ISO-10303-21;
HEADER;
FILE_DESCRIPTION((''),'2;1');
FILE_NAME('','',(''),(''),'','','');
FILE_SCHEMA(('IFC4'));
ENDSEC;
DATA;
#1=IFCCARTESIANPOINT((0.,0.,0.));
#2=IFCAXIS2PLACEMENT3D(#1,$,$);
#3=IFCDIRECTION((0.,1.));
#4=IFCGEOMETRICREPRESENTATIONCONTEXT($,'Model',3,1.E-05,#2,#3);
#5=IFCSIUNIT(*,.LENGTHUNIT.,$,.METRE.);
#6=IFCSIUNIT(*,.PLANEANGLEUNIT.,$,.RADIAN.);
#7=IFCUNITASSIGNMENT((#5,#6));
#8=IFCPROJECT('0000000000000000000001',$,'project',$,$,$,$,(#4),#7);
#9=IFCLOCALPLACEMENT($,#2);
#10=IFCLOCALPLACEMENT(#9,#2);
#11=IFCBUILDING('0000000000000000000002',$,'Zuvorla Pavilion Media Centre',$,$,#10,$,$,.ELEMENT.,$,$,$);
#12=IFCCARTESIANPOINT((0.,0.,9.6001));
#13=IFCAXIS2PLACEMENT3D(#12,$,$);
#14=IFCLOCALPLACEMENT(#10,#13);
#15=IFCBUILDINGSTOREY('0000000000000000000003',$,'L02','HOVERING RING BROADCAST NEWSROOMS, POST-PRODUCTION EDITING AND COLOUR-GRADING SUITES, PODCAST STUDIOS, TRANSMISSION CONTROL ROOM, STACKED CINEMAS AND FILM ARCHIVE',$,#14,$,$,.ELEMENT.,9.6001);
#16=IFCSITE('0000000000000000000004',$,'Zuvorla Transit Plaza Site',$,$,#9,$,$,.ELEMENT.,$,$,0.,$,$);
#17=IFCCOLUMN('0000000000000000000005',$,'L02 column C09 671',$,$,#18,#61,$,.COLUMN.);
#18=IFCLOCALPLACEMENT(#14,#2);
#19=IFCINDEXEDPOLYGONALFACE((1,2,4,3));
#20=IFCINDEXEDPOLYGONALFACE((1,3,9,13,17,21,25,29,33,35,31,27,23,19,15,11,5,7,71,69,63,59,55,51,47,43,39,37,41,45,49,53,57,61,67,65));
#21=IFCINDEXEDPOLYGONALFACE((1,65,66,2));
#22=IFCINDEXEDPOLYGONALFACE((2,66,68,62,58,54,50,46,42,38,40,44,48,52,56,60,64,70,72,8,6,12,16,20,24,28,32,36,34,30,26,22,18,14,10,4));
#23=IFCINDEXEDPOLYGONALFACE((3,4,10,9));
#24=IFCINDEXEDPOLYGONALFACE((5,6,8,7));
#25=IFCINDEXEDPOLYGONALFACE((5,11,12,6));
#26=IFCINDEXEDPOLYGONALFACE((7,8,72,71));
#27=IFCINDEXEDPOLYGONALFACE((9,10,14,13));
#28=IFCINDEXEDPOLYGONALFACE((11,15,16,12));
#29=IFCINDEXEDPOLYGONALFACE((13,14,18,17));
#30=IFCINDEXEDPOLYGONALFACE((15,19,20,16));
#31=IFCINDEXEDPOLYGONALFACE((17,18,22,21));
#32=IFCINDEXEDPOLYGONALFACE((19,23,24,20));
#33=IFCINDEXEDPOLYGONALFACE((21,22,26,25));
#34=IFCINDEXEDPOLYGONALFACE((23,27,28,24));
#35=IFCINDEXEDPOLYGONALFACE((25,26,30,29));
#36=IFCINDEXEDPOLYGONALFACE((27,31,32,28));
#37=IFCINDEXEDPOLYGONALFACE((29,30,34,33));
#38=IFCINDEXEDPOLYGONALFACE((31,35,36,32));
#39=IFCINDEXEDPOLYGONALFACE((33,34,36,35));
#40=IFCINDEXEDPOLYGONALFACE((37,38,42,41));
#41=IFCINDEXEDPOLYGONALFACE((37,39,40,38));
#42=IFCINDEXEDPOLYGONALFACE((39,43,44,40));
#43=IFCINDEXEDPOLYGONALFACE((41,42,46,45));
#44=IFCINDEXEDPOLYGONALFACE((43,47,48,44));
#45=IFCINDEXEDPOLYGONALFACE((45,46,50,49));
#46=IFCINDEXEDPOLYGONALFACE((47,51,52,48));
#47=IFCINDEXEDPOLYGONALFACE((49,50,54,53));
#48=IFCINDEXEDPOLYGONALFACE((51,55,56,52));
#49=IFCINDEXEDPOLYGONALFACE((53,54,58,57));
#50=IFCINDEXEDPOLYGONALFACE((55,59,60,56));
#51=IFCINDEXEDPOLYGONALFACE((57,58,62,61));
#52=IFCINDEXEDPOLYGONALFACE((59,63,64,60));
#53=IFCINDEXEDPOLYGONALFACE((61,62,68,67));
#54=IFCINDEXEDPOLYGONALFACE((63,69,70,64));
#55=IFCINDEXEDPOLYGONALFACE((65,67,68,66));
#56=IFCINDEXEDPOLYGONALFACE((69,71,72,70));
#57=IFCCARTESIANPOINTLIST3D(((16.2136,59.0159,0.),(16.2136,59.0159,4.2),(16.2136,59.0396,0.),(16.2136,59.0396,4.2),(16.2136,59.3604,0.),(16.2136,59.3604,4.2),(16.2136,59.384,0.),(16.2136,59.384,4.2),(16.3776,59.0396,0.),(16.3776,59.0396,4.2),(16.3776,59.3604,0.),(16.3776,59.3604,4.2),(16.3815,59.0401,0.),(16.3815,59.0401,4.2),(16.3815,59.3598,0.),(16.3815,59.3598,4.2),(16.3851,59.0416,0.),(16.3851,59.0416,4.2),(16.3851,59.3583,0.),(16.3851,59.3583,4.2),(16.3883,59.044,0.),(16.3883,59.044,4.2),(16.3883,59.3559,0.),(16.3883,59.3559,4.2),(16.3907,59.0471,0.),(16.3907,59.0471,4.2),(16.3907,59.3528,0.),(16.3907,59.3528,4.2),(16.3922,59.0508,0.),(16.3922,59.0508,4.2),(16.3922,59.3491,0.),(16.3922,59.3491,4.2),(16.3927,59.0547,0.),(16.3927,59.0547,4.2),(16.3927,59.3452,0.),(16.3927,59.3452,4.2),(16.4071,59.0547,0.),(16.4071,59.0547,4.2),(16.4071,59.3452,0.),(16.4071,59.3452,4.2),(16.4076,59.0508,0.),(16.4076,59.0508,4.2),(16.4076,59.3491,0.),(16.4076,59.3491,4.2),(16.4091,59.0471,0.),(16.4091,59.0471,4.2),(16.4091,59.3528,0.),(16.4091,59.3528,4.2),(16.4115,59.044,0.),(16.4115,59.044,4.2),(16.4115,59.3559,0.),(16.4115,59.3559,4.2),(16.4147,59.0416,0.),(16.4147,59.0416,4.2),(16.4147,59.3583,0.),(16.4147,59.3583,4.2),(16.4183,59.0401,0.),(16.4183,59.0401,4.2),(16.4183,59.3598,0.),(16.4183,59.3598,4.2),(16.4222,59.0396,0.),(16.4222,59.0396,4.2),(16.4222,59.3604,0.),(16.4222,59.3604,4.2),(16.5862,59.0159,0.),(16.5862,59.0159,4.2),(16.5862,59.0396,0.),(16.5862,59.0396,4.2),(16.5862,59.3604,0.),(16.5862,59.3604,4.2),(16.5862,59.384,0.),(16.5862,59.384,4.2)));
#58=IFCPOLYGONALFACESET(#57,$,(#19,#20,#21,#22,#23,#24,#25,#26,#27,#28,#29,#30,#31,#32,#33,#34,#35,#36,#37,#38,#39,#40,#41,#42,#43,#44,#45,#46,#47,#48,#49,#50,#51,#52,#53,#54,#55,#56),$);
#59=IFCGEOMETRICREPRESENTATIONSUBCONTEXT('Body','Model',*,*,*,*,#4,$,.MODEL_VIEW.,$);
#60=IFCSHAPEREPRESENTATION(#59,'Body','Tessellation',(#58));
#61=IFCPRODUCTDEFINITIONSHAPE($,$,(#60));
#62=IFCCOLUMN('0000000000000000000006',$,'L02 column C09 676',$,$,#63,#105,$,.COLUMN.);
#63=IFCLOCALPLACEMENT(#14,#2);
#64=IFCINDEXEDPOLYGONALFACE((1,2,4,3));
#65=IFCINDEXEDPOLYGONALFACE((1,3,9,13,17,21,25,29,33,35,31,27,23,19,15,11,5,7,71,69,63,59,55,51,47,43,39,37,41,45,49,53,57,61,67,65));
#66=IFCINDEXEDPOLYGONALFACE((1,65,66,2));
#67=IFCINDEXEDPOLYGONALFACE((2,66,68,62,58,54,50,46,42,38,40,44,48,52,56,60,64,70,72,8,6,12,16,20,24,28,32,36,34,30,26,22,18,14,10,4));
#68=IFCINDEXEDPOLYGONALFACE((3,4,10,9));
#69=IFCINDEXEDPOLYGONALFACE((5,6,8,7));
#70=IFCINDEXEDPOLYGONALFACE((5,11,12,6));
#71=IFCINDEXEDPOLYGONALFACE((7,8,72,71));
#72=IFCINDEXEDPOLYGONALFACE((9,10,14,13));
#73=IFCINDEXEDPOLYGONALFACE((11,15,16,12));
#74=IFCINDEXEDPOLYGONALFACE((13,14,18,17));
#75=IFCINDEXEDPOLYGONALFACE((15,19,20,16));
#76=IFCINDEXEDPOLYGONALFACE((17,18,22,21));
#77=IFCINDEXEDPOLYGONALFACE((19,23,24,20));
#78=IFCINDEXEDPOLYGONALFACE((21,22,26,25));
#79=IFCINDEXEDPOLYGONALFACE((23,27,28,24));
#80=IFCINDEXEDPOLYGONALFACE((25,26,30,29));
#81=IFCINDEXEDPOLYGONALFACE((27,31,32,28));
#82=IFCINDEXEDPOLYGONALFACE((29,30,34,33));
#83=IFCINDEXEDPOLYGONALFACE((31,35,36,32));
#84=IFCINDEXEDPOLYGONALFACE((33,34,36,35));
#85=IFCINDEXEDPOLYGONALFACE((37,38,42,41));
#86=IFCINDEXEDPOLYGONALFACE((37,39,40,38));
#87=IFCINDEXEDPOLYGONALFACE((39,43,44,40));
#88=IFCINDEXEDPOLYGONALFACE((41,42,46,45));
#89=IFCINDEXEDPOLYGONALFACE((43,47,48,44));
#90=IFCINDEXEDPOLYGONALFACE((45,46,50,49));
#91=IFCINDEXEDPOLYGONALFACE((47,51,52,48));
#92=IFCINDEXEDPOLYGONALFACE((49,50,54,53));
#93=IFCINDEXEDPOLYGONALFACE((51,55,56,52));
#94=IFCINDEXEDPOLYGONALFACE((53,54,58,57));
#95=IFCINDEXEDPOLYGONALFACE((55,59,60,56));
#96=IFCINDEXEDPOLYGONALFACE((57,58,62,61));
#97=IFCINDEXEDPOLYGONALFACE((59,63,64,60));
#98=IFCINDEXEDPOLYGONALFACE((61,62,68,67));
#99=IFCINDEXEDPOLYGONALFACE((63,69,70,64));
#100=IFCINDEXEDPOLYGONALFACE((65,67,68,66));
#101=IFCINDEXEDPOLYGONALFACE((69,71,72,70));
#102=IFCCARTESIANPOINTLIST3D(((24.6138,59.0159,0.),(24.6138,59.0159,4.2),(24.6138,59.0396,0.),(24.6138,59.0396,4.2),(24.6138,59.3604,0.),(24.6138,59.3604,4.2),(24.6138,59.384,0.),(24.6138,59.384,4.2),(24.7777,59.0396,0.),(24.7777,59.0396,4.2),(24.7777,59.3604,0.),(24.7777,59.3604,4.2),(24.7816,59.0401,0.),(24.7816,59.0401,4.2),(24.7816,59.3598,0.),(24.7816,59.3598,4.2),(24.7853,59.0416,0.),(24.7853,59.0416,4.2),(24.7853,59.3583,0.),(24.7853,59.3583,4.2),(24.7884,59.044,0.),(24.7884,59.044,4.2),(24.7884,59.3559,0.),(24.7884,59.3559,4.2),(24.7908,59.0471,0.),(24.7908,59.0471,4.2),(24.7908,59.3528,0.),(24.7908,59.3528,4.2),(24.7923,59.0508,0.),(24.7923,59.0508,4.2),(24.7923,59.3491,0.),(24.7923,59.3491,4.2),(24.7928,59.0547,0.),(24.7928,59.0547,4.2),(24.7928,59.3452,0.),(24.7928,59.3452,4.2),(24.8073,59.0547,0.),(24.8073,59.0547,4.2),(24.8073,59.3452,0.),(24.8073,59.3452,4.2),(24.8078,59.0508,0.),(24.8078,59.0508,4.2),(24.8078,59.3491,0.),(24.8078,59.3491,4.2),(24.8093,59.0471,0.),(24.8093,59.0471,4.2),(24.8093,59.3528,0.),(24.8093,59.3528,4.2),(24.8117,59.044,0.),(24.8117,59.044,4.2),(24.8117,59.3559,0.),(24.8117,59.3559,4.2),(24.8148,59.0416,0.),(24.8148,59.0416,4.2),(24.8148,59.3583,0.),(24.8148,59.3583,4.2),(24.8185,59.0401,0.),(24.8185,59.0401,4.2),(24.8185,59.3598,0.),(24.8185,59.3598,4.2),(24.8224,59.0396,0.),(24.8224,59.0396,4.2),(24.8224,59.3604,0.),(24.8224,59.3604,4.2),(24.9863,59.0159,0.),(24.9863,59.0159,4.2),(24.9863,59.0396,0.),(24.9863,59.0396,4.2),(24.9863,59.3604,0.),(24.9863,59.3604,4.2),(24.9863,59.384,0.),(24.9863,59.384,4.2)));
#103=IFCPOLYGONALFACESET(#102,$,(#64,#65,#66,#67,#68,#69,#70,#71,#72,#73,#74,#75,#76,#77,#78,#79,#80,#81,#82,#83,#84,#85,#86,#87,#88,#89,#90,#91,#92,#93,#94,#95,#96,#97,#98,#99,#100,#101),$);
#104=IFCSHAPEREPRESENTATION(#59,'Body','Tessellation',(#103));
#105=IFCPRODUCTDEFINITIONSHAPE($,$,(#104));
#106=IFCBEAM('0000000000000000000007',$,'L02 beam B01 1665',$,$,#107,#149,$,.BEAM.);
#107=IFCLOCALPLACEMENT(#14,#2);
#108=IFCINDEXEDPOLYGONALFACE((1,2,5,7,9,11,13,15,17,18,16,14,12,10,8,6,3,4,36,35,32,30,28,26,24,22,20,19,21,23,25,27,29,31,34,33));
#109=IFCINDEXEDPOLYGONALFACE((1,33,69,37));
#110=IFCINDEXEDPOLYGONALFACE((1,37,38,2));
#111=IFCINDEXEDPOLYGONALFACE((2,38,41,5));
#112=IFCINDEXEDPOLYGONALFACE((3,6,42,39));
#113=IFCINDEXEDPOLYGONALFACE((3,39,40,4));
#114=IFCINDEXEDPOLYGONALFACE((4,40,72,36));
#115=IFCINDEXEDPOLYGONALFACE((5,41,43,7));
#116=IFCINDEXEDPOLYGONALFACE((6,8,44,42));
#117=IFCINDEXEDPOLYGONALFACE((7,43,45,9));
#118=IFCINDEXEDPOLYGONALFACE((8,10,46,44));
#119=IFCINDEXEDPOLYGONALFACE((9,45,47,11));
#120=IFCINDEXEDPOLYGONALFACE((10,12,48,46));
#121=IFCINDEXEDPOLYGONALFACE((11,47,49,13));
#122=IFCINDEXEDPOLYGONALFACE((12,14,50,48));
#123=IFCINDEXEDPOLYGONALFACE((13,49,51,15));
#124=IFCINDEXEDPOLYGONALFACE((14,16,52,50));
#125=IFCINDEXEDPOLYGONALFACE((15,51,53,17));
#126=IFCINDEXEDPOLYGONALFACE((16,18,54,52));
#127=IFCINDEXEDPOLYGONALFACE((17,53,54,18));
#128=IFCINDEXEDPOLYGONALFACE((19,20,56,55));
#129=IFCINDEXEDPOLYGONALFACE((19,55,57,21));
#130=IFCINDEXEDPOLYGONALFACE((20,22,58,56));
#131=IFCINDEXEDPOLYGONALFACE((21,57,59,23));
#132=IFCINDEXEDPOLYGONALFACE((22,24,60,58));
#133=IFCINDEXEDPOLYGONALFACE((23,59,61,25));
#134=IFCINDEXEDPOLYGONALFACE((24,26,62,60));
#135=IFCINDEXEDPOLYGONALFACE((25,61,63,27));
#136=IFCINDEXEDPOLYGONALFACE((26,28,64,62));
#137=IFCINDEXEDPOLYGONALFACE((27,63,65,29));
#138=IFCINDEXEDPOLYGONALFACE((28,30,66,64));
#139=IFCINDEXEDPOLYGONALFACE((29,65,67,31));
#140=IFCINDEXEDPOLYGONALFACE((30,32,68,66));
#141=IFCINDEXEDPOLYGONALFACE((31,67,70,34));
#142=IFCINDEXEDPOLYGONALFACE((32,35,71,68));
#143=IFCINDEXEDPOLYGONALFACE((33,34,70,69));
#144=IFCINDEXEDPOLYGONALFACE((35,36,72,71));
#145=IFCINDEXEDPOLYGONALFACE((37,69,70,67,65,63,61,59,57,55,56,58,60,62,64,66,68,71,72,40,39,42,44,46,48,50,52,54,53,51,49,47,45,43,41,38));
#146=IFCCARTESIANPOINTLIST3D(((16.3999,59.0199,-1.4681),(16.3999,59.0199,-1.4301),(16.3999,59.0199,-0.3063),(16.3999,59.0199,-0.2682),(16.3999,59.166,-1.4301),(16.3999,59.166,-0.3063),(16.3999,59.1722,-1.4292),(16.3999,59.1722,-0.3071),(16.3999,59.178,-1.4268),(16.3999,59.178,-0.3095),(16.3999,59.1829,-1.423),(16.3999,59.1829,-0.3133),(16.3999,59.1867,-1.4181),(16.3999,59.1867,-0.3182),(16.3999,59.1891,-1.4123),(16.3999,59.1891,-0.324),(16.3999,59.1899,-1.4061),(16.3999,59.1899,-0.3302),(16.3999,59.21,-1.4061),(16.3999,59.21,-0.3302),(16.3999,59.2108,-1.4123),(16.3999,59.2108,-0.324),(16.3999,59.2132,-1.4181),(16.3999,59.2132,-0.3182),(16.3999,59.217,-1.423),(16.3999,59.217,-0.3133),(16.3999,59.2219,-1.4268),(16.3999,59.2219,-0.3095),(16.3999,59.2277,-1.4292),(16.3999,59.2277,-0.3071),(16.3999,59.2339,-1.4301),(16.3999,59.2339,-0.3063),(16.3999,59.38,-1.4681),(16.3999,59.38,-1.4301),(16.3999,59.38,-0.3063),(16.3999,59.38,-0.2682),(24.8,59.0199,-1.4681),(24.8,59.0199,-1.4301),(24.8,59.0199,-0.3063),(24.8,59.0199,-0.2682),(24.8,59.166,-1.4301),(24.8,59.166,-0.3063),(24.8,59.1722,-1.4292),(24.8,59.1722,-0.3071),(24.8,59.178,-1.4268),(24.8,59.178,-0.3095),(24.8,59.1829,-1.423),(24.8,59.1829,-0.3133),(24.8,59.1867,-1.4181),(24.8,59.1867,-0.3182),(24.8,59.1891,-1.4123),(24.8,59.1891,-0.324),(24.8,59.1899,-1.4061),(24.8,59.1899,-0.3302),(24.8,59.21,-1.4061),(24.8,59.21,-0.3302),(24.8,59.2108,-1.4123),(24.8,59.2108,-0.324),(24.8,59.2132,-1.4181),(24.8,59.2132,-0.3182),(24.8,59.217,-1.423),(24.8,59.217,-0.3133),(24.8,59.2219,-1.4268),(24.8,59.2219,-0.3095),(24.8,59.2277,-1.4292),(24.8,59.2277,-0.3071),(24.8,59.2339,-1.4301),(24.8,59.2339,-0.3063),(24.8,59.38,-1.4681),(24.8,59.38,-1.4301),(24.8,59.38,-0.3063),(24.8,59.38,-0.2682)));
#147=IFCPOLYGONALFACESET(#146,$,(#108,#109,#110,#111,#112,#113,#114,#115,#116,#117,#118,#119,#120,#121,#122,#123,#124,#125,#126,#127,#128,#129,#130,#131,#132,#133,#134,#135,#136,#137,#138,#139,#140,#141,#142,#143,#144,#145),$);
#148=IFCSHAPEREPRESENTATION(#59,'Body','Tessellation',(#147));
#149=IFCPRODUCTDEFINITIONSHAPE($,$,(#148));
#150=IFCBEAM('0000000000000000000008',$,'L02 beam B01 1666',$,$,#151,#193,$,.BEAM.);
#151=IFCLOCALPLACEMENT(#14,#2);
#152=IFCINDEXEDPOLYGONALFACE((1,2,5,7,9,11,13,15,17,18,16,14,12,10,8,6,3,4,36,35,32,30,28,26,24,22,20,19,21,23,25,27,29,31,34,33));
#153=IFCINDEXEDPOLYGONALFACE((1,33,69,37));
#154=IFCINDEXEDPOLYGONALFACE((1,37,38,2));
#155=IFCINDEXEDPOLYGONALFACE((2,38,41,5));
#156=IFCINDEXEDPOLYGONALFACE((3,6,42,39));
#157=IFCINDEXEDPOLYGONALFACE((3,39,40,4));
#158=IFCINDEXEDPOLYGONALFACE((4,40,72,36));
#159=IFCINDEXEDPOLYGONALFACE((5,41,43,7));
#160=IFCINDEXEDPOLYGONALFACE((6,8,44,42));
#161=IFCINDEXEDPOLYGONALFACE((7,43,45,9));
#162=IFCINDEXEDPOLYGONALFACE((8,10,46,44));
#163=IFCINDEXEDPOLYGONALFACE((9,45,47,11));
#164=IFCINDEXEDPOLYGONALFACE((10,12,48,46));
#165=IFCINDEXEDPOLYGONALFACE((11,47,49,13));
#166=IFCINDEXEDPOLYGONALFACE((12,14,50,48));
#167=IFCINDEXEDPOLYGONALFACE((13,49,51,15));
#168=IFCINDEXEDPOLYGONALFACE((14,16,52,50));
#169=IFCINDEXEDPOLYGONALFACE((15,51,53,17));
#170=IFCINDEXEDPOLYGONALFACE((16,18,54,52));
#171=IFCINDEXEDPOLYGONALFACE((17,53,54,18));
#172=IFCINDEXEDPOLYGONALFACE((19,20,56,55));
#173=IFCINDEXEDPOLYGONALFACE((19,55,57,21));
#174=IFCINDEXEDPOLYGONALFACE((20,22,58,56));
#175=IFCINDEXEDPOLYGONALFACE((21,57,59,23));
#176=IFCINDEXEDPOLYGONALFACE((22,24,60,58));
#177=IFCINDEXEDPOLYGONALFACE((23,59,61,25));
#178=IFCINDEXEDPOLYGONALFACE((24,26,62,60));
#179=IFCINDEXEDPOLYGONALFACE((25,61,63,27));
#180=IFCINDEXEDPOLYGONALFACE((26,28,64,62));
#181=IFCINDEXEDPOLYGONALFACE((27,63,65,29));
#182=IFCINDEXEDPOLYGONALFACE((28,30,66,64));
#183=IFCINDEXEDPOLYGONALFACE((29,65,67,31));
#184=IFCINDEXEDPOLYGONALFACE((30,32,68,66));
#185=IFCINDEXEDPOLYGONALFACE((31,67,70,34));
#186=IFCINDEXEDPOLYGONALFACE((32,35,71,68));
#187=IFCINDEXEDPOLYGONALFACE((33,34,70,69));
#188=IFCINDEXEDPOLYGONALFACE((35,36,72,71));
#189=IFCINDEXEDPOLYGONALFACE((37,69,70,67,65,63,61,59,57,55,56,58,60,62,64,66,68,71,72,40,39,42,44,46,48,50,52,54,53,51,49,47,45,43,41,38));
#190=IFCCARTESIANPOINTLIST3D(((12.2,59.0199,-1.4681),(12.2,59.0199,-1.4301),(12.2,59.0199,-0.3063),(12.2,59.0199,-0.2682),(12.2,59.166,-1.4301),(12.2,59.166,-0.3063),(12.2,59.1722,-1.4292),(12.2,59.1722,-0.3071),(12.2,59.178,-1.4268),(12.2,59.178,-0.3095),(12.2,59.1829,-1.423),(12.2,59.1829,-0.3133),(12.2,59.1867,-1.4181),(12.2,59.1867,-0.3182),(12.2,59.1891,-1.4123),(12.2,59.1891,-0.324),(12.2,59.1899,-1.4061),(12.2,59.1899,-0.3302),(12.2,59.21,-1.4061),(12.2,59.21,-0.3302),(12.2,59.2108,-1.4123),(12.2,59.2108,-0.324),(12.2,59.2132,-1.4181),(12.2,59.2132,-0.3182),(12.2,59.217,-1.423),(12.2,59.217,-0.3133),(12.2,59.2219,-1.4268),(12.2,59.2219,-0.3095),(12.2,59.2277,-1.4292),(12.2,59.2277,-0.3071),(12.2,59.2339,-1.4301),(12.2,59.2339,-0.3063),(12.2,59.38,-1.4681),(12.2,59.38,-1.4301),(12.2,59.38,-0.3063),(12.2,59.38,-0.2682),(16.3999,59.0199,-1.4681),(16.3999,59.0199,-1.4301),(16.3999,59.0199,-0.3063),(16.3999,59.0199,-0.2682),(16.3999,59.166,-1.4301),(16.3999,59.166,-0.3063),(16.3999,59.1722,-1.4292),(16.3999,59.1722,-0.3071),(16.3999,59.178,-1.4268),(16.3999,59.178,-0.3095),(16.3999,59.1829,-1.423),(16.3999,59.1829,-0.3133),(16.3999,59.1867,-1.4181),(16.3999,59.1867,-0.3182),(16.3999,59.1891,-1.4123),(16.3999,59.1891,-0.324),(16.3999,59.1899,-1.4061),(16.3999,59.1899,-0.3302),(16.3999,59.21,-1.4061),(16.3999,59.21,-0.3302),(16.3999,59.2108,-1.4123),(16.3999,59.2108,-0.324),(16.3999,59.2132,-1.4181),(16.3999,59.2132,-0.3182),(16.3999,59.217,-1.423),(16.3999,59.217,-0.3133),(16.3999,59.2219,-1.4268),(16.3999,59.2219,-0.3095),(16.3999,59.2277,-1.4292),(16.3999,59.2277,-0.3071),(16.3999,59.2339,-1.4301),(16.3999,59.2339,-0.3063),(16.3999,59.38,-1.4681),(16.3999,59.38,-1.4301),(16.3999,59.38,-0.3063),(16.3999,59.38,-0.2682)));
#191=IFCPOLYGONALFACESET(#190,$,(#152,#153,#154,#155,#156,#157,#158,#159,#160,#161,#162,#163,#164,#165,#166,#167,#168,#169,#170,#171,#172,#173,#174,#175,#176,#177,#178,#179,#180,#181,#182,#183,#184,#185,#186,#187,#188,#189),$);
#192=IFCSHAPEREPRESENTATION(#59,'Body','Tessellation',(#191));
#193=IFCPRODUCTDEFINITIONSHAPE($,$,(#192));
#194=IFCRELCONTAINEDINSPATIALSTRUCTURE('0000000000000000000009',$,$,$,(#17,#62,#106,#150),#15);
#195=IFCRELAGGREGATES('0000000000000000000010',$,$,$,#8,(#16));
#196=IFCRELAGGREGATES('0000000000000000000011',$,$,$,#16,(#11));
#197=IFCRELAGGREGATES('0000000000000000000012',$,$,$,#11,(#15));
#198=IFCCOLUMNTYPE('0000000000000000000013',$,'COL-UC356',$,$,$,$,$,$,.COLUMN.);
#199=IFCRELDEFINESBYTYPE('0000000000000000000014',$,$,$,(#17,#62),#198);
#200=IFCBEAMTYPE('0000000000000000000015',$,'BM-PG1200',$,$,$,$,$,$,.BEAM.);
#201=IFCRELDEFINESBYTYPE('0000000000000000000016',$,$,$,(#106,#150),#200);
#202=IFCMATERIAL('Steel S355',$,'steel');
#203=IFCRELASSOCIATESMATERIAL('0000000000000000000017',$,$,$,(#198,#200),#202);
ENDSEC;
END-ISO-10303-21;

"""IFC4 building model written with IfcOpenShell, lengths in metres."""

from ifc_helpers import new_model, si_unit, direction, frame, origin, origin_2d, place, context, subcontext, project, spatial, i_section, extrude, material, material_profile, profile_set, type_object, element, save


model = new_model("IFC4")

# Units and contexts
model_context = context("Model", 3, precision=1e-05, world=origin(), true_north=direction((0.0, 1.0)))
body_context = subcontext(model_context, "Body", "Model", "MODEL_VIEW")
ifc_project = project(units=[si_unit("LENGTHUNIT", "METRE"), si_unit("PLANEANGLEUNIT", "RADIAN")], contexts=[model_context])

# Site, building, storey
site_placement = place(None, origin())
site = spatial("IfcSite", under=ifc_project, at=site_placement, Name="Zuvorla Transit Plaza Site", CompositionType="ELEMENT", RefElevation=0.0)
building_placement = place(site_placement, origin())
building = spatial("IfcBuilding", under=site, at=building_placement, Name="Zuvorla Pavilion Media Centre", CompositionType="ELEMENT")
storey_placement = place(building_placement, frame((0.0, 0.0, 9.6001)))
storey = spatial("IfcBuildingStorey", under=building, at=storey_placement, Name="L02", Description="HOVERING RING BROADCAST NEWSROOMS, POST-PRODUCTION EDITING AND COLOUR-GRADING SUITES, PODCAST STUDIOS, TRANSMISSION CONTROL ROOM, STACKED CINEMAS AND FILM ARCHIVE", CompositionType="ELEMENT", Elevation=9.6001)

# Columns
ifc_material_1 = material(Name="Steel S355", Category="steel")
ifc_material_profile_1 = material_profile(ifc_material_1, i_section(OverallWidth=0.3726, OverallDepth=0.3682, WebThickness=0.0144, FlangeThickness=0.0237, FilletRadius=0.0151, at=origin_2d()), Name="UC 356x368x177")
ifc_profile_set_1 = profile_set([ifc_material_profile_1], Name="Steel S355")
column_type = type_object("IfcColumnType", Name="COL-UC356", PredefinedType="COLUMN", material=ifc_profile_set_1)
for number, where, z_axis, x_axis, name in (
    (1, (16.3999, 59.2, 0.0), (0.0, 0.0, 1.0), (1.0, 0.0, 0.0), "L02 column C09 671"),
    (2, (24.8, 59.2, 0.0), (0.0, 0.0, 1.0), (1.0, 0.0, 0.0), "L02 column C09 676"),
):
    element("IfcColumn", number, at=place(storey_placement, frame(where, z_axis=z_axis, x_axis=x_axis)), inside=storey, type_object=column_type, Name=name, PredefinedType="COLUMN", context=body_context, shape_type="SweptSolid", body=[
        extrude(i_section(OverallWidth=0.3726, OverallDepth=0.3682, WebThickness=0.0144, FlangeThickness=0.0237, FilletRadius=0.0151, at=origin_2d()), origin(), (0.0, 0.0, 1.0), 4.2),
    ])

# Beams
ifc_material_profile_2 = material_profile(ifc_material_1, i_section(OverallWidth=0.3601, OverallDepth=1.2, WebThickness=0.02, FlangeThickness=0.0381, FilletRadius=0.0239, at=origin_2d()), Name="PG 1200x360x38")
ifc_profile_set_2 = profile_set([ifc_material_profile_2], Name="Steel S355")
beam_type_1 = type_object("IfcBeamType", Name="BM-PG1200", PredefinedType="BEAM", material=ifc_profile_set_2)
beam_1_placement = place(storey_placement, frame((24.8, 59.2, -0.8682), z_axis=(-1.0, 0.0, 0.0), x_axis=(0.0, -1.0, 0.0)))
element("IfcBeam", 3, at=beam_1_placement, inside=storey, type_object=beam_type_1, Name="L02 beam B01 1665", PredefinedType="BEAM", context=body_context, shape_type="SweptSolid", body=[
    extrude(i_section(OverallWidth=0.3601, OverallDepth=1.2, WebThickness=0.02, FlangeThickness=0.0381, FilletRadius=0.0239, at=origin_2d()), origin(), (0.0, 0.0, 1.0), 8.4001),
])
beam_2_placement = place(storey_placement, frame((16.3999, 59.2, -0.8682), z_axis=(-1.0, 0.0, 0.0), x_axis=(0.0, -1.0, 0.0)))
element("IfcBeam", 4, at=beam_2_placement, inside=storey, type_object=beam_type_1, Name="L02 beam B01 1666", PredefinedType="BEAM", context=body_context, shape_type="SweptSolid", body=[
    extrude(i_section(OverallWidth=0.3601, OverallDepth=1.2, WebThickness=0.02, FlangeThickness=0.0381, FilletRadius=0.0239, at=origin_2d()), origin(), (0.0, 0.0, 1.0), 4.2),
])

save(model, "model.ifc")
